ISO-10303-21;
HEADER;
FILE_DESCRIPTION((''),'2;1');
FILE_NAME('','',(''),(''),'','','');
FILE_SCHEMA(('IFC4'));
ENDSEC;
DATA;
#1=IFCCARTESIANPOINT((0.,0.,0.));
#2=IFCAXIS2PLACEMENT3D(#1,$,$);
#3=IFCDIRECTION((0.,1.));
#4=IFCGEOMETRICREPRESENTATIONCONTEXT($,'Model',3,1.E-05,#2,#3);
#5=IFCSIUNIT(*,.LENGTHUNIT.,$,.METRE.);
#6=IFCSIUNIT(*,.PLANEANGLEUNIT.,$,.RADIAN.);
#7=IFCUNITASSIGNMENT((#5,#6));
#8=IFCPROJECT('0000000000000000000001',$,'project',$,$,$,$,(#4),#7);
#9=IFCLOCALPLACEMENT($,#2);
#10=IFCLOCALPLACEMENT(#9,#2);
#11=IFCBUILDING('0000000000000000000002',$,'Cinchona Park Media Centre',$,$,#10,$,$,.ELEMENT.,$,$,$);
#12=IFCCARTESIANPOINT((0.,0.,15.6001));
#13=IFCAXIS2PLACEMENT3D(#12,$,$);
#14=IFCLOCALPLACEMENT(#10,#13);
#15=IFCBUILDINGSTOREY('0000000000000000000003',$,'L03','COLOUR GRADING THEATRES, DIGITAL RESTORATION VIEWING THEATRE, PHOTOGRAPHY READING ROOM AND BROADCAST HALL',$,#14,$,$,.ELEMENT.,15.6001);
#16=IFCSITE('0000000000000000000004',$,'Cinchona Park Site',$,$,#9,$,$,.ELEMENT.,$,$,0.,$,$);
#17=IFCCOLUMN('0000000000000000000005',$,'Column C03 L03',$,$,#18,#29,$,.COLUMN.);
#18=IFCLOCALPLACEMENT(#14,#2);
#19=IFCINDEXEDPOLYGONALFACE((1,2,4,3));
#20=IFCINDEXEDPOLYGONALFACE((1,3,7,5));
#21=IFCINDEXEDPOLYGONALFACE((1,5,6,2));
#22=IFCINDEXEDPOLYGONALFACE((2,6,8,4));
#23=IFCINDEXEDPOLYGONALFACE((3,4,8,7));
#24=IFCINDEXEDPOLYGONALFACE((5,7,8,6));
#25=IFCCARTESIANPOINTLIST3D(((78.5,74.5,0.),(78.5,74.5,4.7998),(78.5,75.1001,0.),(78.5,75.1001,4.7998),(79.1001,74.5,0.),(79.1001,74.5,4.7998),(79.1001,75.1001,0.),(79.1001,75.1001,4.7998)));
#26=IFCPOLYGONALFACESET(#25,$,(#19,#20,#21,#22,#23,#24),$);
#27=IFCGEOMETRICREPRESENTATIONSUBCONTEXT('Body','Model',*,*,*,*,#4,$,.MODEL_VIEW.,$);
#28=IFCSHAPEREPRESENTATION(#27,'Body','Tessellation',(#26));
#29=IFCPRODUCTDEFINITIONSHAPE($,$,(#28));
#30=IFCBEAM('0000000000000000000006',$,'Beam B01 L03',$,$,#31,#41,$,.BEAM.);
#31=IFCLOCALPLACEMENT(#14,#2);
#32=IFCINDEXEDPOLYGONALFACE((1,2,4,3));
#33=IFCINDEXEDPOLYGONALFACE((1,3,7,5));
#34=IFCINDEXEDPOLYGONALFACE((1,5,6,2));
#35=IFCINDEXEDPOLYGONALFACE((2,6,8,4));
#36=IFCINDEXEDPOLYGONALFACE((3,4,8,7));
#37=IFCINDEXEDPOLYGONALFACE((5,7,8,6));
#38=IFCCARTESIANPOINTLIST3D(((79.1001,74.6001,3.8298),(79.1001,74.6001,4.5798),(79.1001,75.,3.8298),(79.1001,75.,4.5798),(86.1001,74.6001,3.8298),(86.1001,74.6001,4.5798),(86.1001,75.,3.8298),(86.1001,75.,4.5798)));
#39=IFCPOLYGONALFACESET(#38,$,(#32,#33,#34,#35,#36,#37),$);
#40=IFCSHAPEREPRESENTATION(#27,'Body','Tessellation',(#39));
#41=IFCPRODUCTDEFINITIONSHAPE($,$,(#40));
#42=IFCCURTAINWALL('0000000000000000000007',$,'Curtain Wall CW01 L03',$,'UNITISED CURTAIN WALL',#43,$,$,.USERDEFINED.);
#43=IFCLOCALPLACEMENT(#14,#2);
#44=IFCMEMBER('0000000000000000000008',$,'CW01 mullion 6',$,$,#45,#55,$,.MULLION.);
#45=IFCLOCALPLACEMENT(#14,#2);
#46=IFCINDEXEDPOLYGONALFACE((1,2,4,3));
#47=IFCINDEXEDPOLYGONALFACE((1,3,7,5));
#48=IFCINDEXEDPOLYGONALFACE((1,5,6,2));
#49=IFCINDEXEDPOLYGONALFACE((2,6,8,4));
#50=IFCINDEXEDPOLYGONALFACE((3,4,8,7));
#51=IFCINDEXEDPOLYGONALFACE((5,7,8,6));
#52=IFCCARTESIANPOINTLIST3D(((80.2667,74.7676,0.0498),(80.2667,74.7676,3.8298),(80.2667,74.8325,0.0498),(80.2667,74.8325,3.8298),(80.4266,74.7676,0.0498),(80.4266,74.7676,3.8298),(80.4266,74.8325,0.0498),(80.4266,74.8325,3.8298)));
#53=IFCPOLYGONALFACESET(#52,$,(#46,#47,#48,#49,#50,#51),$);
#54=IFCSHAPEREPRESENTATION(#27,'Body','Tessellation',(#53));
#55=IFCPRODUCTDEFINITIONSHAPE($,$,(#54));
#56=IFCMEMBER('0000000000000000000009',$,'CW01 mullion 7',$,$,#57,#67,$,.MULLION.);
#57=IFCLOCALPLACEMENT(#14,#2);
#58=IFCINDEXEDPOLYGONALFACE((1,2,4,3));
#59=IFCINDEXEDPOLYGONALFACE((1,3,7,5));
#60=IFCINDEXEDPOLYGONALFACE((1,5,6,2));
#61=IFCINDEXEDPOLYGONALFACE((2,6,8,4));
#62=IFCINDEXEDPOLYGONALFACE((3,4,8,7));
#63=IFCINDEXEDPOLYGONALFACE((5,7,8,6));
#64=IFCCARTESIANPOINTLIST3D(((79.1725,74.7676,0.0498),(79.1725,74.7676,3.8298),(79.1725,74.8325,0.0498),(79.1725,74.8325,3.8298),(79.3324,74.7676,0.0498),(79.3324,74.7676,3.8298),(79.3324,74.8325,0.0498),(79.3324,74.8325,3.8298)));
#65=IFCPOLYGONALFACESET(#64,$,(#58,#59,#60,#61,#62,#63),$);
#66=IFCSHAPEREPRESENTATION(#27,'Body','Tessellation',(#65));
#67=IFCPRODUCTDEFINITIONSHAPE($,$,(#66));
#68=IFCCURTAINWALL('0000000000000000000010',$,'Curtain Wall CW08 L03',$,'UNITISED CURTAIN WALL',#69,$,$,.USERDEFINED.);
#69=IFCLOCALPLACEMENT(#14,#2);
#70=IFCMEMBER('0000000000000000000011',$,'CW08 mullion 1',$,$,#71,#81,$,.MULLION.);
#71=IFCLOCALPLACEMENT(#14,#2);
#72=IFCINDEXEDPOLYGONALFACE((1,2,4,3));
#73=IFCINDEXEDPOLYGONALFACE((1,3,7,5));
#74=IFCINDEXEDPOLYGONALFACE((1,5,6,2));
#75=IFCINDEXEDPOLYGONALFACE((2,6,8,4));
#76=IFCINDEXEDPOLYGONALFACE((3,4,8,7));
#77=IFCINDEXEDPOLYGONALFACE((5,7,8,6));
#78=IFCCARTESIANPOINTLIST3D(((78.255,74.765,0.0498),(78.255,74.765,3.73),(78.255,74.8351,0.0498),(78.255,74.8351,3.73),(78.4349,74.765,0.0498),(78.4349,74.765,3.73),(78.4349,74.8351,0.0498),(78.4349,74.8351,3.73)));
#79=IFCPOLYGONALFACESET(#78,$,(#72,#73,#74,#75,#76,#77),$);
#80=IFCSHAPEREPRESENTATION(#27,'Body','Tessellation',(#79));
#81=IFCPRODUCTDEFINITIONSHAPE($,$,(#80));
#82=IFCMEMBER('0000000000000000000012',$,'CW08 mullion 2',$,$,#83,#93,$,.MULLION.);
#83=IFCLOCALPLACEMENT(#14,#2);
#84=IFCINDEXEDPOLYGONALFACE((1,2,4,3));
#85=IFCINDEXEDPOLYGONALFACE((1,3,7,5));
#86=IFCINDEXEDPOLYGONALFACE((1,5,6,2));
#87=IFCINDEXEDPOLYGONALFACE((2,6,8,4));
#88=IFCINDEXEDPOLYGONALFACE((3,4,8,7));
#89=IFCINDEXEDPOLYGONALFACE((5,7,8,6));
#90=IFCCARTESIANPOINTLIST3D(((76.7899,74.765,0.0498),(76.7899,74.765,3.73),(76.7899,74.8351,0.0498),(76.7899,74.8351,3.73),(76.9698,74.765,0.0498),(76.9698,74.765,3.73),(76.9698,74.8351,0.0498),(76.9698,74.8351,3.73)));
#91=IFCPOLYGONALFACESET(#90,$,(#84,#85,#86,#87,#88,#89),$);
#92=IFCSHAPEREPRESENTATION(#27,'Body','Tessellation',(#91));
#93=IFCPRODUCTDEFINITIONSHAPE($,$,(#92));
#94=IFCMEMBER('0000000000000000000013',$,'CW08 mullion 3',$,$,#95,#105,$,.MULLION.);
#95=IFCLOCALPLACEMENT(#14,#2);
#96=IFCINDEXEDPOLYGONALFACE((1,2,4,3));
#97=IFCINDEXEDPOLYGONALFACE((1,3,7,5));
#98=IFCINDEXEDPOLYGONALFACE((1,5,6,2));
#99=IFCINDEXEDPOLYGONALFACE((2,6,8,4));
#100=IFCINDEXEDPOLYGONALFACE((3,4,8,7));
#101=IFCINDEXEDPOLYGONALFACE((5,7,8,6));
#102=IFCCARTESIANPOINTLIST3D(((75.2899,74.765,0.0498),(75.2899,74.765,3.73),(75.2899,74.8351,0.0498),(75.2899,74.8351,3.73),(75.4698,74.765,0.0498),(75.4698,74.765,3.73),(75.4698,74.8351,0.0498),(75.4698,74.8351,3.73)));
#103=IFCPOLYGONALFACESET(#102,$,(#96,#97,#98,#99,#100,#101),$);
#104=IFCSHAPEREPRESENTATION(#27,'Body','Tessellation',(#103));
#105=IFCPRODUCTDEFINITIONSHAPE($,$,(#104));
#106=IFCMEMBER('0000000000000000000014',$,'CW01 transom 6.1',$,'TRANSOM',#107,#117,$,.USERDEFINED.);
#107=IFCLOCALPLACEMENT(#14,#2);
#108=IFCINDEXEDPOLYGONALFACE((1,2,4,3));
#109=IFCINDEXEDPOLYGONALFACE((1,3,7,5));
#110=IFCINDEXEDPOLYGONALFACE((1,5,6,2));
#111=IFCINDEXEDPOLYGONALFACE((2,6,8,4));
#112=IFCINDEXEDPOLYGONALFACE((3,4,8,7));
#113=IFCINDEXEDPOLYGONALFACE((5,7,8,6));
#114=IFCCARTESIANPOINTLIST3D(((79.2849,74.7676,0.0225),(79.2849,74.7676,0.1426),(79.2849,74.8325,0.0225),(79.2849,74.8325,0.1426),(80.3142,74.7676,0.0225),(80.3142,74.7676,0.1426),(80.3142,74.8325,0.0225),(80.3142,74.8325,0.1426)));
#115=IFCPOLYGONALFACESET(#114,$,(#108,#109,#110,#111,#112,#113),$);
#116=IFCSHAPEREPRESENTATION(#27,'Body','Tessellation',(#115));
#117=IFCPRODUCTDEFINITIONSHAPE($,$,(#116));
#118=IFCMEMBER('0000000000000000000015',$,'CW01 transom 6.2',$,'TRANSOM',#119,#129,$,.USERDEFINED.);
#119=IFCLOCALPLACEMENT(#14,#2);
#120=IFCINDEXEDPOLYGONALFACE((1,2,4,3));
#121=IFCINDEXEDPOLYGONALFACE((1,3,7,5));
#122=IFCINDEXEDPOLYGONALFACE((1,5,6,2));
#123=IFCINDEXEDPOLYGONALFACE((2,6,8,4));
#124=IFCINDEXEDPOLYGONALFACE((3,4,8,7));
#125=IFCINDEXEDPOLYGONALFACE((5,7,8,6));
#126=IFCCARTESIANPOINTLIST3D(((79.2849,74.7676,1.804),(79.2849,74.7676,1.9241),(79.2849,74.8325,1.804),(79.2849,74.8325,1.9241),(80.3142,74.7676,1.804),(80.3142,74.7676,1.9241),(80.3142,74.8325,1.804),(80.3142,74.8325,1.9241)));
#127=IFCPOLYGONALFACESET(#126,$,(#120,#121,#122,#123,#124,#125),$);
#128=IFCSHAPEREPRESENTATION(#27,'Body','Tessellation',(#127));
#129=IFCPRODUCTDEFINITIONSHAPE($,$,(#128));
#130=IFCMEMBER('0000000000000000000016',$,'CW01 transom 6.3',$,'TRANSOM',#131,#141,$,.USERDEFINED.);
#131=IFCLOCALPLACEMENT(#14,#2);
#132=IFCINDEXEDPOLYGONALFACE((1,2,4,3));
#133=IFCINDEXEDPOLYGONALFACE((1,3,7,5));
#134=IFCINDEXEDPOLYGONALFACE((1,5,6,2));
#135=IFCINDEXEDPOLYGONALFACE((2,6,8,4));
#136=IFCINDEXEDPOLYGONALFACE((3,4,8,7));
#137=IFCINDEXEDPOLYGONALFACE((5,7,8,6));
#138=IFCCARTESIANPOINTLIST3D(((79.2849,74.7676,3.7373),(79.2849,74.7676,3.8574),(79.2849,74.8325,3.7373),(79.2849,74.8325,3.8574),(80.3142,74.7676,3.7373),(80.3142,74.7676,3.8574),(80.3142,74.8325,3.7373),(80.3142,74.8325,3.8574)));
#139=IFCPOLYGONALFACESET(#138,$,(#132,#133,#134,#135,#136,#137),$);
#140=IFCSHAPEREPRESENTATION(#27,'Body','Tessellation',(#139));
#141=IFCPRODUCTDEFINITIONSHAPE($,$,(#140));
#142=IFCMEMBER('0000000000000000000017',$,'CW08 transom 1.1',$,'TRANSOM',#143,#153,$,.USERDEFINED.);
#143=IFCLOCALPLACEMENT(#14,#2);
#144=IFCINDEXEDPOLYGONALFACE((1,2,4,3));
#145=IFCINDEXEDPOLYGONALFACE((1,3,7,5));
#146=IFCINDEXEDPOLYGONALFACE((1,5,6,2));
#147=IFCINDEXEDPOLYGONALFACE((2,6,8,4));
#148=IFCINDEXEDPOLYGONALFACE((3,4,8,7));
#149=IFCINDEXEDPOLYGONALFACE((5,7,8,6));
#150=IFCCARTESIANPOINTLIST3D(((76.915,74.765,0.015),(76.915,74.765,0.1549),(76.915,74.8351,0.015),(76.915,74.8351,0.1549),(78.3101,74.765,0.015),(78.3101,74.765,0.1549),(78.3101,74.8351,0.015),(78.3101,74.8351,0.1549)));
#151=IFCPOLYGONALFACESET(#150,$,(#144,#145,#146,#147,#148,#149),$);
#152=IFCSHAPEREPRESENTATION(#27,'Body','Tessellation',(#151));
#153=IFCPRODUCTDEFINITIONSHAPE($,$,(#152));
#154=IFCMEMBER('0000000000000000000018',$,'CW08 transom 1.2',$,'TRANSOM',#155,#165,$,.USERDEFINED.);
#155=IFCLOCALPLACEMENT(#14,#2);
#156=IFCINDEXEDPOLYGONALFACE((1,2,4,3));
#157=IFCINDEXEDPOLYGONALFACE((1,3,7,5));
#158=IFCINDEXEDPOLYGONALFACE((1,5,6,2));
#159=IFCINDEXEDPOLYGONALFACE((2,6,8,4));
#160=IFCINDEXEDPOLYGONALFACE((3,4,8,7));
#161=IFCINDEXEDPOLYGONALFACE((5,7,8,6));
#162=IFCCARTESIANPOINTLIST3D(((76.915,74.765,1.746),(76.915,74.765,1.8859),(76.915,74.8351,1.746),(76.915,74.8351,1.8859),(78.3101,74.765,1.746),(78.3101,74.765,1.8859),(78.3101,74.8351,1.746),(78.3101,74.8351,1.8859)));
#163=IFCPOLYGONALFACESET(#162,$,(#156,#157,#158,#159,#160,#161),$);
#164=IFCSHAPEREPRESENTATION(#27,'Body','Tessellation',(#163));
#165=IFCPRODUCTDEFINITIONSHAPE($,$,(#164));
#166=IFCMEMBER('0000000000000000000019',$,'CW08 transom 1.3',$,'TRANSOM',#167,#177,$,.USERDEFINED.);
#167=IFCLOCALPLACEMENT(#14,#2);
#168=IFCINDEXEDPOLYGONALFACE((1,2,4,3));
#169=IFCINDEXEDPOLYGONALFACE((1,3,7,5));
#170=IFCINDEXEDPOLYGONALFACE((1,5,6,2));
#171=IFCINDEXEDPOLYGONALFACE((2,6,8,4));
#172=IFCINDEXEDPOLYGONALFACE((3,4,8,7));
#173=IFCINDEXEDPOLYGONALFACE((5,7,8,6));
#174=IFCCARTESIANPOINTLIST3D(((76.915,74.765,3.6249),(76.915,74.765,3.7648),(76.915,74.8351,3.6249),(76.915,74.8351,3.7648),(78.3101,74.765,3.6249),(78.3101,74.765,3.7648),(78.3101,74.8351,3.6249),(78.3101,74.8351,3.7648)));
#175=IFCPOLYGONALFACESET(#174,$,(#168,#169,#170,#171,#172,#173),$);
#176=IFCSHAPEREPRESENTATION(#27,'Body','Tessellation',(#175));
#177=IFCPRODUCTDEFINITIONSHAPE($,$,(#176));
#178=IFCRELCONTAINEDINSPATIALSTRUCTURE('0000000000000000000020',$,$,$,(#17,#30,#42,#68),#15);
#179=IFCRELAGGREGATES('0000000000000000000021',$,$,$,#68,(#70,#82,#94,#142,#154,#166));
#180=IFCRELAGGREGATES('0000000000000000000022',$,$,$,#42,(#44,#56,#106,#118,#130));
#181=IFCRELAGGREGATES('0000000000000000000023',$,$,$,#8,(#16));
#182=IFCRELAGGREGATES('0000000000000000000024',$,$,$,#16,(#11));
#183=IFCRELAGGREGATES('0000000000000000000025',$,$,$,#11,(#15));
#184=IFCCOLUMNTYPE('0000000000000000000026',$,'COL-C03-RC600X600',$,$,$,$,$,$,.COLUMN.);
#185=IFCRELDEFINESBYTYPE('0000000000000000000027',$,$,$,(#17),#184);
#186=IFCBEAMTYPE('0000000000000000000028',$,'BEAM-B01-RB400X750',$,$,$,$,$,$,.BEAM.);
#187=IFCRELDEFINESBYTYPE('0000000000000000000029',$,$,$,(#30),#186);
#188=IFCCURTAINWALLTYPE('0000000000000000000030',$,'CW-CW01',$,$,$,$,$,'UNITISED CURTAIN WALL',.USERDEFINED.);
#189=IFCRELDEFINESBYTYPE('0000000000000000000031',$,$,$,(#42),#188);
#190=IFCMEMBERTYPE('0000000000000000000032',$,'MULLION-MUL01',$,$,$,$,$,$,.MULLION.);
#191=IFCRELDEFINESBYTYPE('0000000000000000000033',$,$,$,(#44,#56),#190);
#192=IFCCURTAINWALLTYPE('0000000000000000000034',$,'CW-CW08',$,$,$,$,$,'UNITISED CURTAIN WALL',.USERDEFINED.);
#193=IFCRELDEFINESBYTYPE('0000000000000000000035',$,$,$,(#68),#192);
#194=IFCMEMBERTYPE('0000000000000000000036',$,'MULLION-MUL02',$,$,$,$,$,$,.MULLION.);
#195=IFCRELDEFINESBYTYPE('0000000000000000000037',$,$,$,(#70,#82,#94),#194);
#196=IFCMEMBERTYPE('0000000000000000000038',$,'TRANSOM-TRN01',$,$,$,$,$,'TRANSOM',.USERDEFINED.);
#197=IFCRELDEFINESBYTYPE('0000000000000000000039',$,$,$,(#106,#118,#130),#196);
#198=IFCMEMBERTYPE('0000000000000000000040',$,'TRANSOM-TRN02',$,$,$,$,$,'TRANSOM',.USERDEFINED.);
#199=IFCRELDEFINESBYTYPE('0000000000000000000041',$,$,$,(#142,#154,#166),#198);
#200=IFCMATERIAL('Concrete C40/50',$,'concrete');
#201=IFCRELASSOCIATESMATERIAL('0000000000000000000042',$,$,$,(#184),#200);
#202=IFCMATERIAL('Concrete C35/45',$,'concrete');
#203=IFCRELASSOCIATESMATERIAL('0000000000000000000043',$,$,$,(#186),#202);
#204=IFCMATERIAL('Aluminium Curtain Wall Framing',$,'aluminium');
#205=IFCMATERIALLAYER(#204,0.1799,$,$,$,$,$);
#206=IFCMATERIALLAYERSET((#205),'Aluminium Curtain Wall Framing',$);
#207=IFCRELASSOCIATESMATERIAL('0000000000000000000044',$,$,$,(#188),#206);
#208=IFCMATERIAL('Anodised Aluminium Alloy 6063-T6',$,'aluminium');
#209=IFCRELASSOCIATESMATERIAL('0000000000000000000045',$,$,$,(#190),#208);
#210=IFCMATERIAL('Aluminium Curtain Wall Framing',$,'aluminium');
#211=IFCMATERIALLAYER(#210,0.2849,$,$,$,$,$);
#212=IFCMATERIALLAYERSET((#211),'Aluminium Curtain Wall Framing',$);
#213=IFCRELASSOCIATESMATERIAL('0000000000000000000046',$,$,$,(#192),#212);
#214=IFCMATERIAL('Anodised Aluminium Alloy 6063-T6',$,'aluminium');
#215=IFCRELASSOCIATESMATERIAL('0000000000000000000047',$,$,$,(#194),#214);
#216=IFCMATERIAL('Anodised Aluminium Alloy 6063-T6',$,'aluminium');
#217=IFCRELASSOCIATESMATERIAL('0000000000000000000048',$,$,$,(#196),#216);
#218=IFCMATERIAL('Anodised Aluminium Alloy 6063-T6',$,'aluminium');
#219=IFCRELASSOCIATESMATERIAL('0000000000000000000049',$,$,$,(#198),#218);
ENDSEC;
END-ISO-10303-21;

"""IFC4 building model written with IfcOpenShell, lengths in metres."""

from ifc_helpers import new_model, si_unit, direction, frame, origin, origin_2d, place, context, subcontext, project, spatial, rectangle, extrude, material, layer, layer_set, material_profile, profile_set, type_object, element, aggregate, save


model = new_model("IFC4")

# Units and contexts
model_context = context("Model", 3, precision=1e-05, world=origin(), true_north=direction((0.0, 1.0)))
body_context = subcontext(model_context, "Body", "Model", "MODEL_VIEW")
ifc_project = project(units=[si_unit("LENGTHUNIT", "METRE"), si_unit("PLANEANGLEUNIT", "RADIAN")], contexts=[model_context])

# Site, building, storey
site_placement = place(None, origin())
site = spatial("IfcSite", under=ifc_project, at=site_placement, Name="Cinchona Park Site", CompositionType="ELEMENT", RefElevation=0.0)
building_placement = place(site_placement, origin())
building = spatial("IfcBuilding", under=site, at=building_placement, Name="Cinchona Park Media Centre", CompositionType="ELEMENT")
storey_placement = place(building_placement, frame((0.0, 0.0, 15.6001)))
storey = spatial("IfcBuildingStorey", under=building, at=storey_placement, Name="L03", Description="COLOUR GRADING THEATRES, DIGITAL RESTORATION VIEWING THEATRE, PHOTOGRAPHY READING ROOM AND BROADCAST HALL", CompositionType="ELEMENT", Elevation=15.6001)

# Column
ifc_material_1 = material(Name="Concrete C40/50", Category="concrete")
ifc_material_profile_1 = material_profile(ifc_material_1, rectangle(XDim=0.6001, YDim=0.6001, at=origin_2d()), Name="RC 600X600")
ifc_profile_set_1 = profile_set([ifc_material_profile_1], Name="Concrete C40/50")
column_type = type_object("IfcColumnType", Name="COL-C03-RC600X600", PredefinedType="COLUMN", material=ifc_profile_set_1)
column_placement = place(storey_placement, frame((78.8, 74.8, 0.0), z_axis=(0.0, 0.0, 1.0), x_axis=(1.0, 0.0, 0.0)))
element("IfcColumn", 1, at=column_placement, inside=storey, type_object=column_type, Name="Column C03 L03", PredefinedType="COLUMN", context=body_context, shape_type="SweptSolid", body=[
    extrude(rectangle(XDim=0.6001, YDim=0.6001, at=origin_2d()), origin(), (0.0, 0.0, 1.0), 4.7998),
])

# Beam
ifc_material_2 = material(Name="Concrete C35/45", Category="concrete")
ifc_material_profile_2 = material_profile(ifc_material_2, rectangle(XDim=0.3999, YDim=0.75, at=origin_2d()), Name="RB 400X750")
ifc_profile_set_2 = profile_set([ifc_material_profile_2], Name="Concrete C35/45")
beam_type = type_object("IfcBeamType", Name="BEAM-B01-RB400X750", PredefinedType="BEAM", material=ifc_profile_set_2)
beam_placement = place(storey_placement, frame((79.1001, 74.8, 4.2048), z_axis=(1.0, 0.0, 0.0), x_axis=(0.0, 1.0, 0.0)))
element("IfcBeam", 2, at=beam_placement, inside=storey, type_object=beam_type, Name="Beam B01 L03", PredefinedType="BEAM", context=body_context, shape_type="SweptSolid", body=[
    extrude(rectangle(XDim=0.3999, YDim=0.75, at=origin_2d()), origin(), (0.0, 0.0, 1.0), 7.0),
])

# Curtain walls, members
ifc_material_3 = material(Name="Aluminium Curtain Wall Framing", Category="aluminium")
ifc_layer_1 = layer(ifc_material_3, 0.1799)
ifc_layer_set_1 = layer_set([ifc_layer_1], Name="Aluminium Curtain Wall Framing")
curtain_wall_type_1 = type_object("IfcCurtainWallType", Name="CW-CW01", ElementType="UNITISED CURTAIN WALL", PredefinedType="USERDEFINED", material=ifc_layer_set_1)
curtain_wall_1_placement = place(storey_placement, origin())
curtain_wall_1 = element("IfcCurtainWall", 3, at=curtain_wall_1_placement, inside=storey, type_object=curtain_wall_type_1, Name="Curtain Wall CW01 L03", ObjectType="UNITISED CURTAIN WALL", PredefinedType="USERDEFINED")
ifc_material_4 = material(Name="Anodised Aluminium Alloy 6063-T6", Category="aluminium")
ifc_material_profile_3 = material_profile(ifc_material_4, rectangle(XDim=0.0649, YDim=0.1599, at=origin_2d()), Name="MUL-65X160")
ifc_profile_set_3 = profile_set([ifc_material_profile_3], Name="Anodised Aluminium Alloy 6063-T6")
member_type_1 = type_object("IfcMemberType", Name="MULLION-MUL01", PredefinedType="MULLION", material=ifc_profile_set_3)
member_1_placement = place(storey_placement, frame((80.3467, 74.8, 0.0498), z_axis=(0.0, 0.0, 1.0), x_axis=(0.0, -1.0, 0.0)))
member_1 = element("IfcMember", 4, at=member_1_placement, type_object=member_type_1, Name="CW01 mullion 6", PredefinedType="MULLION", context=body_context, shape_type="SweptSolid", body=[
    extrude(rectangle(XDim=0.0649, YDim=0.1599, at=origin_2d()), origin(), (0.0, 0.0, 1.0), 3.78),
])
member_2_placement = place(storey_placement, frame((79.2524, 74.8, 0.0498), z_axis=(0.0, 0.0, 1.0), x_axis=(0.0, -1.0, 0.0)))
member_2 = element("IfcMember", 5, at=member_2_placement, type_object=member_type_1, Name="CW01 mullion 7", PredefinedType="MULLION", context=body_context, shape_type="SweptSolid", body=[
    extrude(rectangle(XDim=0.0649, YDim=0.1599, at=origin_2d()), origin(), (0.0, 0.0, 1.0), 3.78),
])
ifc_material_5 = material(Name="Aluminium Curtain Wall Framing", Category="aluminium")
ifc_layer_2 = layer(ifc_material_5, 0.2849)
ifc_layer_set_2 = layer_set([ifc_layer_2], Name="Aluminium Curtain Wall Framing")
curtain_wall_type_2 = type_object("IfcCurtainWallType", Name="CW-CW08", ElementType="UNITISED CURTAIN WALL", PredefinedType="USERDEFINED", material=ifc_layer_set_2)
curtain_wall_2_placement = place(storey_placement, origin())
curtain_wall_2 = element("IfcCurtainWall", 6, at=curtain_wall_2_placement, inside=storey, type_object=curtain_wall_type_2, Name="Curtain Wall CW08 L03", ObjectType="UNITISED CURTAIN WALL", PredefinedType="USERDEFINED")
ifc_material_6 = material(Name="Anodised Aluminium Alloy 6063-T6", Category="aluminium")
ifc_material_profile_4 = material_profile(ifc_material_6, rectangle(XDim=0.0701, YDim=0.1799, at=origin_2d()), Name="MUL-70X180")
ifc_profile_set_4 = profile_set([ifc_material_profile_4], Name="Anodised Aluminium Alloy 6063-T6")
member_type_2 = type_object("IfcMemberType", Name="MULLION-MUL02", PredefinedType="MULLION", material=ifc_profile_set_4)
member_3_placement = place(storey_placement, frame((78.345, 74.8, 0.0498), z_axis=(0.0, 0.0, 1.0), x_axis=(0.0, -1.0, 0.0)))
member_3 = element("IfcMember", 7, at=member_3_placement, type_object=member_type_2, Name="CW08 mullion 1", PredefinedType="MULLION", context=body_context, shape_type="SweptSolid", body=[
    extrude(rectangle(XDim=0.0701, YDim=0.1799, at=origin_2d()), origin(), (0.0, 0.0, 1.0), 3.6802),
])
member_4_placement = place(storey_placement, frame((76.8799, 74.8, 0.0498), z_axis=(0.0, 0.0, 1.0), x_axis=(0.0, -1.0, 0.0)))
member_4 = element("IfcMember", 8, at=member_4_placement, type_object=member_type_2, Name="CW08 mullion 2", PredefinedType="MULLION", context=body_context, shape_type="SweptSolid", body=[
    extrude(rectangle(XDim=0.0701, YDim=0.1799, at=origin_2d()), origin(), (0.0, 0.0, 1.0), 3.6802),
])
member_5_placement = place(storey_placement, frame((75.3799, 74.8, 0.0498), z_axis=(0.0, 0.0, 1.0), x_axis=(0.0, -1.0, 0.0)))
member_5 = element("IfcMember", 9, at=member_5_placement, type_object=member_type_2, Name="CW08 mullion 3", PredefinedType="MULLION", context=body_context, shape_type="SweptSolid", body=[
    extrude(rectangle(XDim=0.0701, YDim=0.1799, at=origin_2d()), origin(), (0.0, 0.0, 1.0), 3.6802),
])

# Members
ifc_material_7 = material(Name="Anodised Aluminium Alloy 6063-T6", Category="aluminium")
ifc_material_profile_5 = material_profile(ifc_material_7, rectangle(XDim=0.0649, YDim=0.1201, at=origin_2d()), Name="TRN-65X120")
ifc_profile_set_5 = profile_set([ifc_material_profile_5], Name="Anodised Aluminium Alloy 6063-T6")
member_type_3 = type_object("IfcMemberType", Name="TRANSOM-TRN01", ElementType="TRANSOM", PredefinedType="USERDEFINED", material=ifc_profile_set_5)
member_6_placement = place(storey_placement, frame((80.3142, 74.8, 0.0825), z_axis=(-1.0, 0.0, 0.0), x_axis=(0.0, -1.0, 0.0)))
member_6 = element("IfcMember", 10, at=member_6_placement, type_object=member_type_3, Name="CW01 transom 6.1", ObjectType="TRANSOM", PredefinedType="USERDEFINED", context=body_context, shape_type="SweptSolid", body=[
    extrude(rectangle(XDim=0.0649, YDim=0.1201, at=origin_2d()), origin(), (0.0, 0.0, 1.0), 1.0293),
])
member_7_placement = place(storey_placement, frame((80.3142, 74.8, 1.864), z_axis=(-1.0, 0.0, 0.0), x_axis=(0.0, -1.0, 0.0)))
member_7 = element("IfcMember", 11, at=member_7_placement, type_object=member_type_3, Name="CW01 transom 6.2", ObjectType="TRANSOM", PredefinedType="USERDEFINED", context=body_context, shape_type="SweptSolid", body=[
    extrude(rectangle(XDim=0.0649, YDim=0.1201, at=origin_2d()), origin(), (0.0, 0.0, 1.0), 1.0293),
])
member_8_placement = place(storey_placement, frame((80.3142, 74.8, 3.7974), z_axis=(-1.0, 0.0, 0.0), x_axis=(0.0, -1.0, 0.0)))
member_8 = element("IfcMember", 12, at=member_8_placement, type_object=member_type_3, Name="CW01 transom 6.3", ObjectType="TRANSOM", PredefinedType="USERDEFINED", context=body_context, shape_type="SweptSolid", body=[
    extrude(rectangle(XDim=0.0649, YDim=0.1201, at=origin_2d()), origin(), (0.0, 0.0, 1.0), 1.0293),
])
ifc_material_8 = material(Name="Anodised Aluminium Alloy 6063-T6", Category="aluminium")
ifc_material_profile_6 = material_profile(ifc_material_8, rectangle(XDim=0.0701, YDim=0.1399, at=origin_2d()), Name="TRN-70X140")
ifc_profile_set_6 = profile_set([ifc_material_profile_6], Name="Anodised Aluminium Alloy 6063-T6")
member_type_4 = type_object("IfcMemberType", Name="TRANSOM-TRN02", ElementType="TRANSOM", PredefinedType="USERDEFINED", material=ifc_profile_set_6)
member_9_placement = place(storey_placement, frame((78.3101, 74.8, 0.085), z_axis=(-1.0, 0.0, 0.0), x_axis=(0.0, -1.0, 0.0)))
member_9 = element("IfcMember", 13, at=member_9_placement, type_object=member_type_4, Name="CW08 transom 1.1", ObjectType="TRANSOM", PredefinedType="USERDEFINED", context=body_context, shape_type="SweptSolid", body=[
    extrude(rectangle(XDim=0.0701, YDim=0.1399, at=origin_2d()), origin(), (0.0, 0.0, 1.0), 1.395),
])
member_10_placement = place(storey_placement, frame((78.3101, 74.8, 1.8159), z_axis=(-1.0, 0.0, 0.0), x_axis=(0.0, -1.0, 0.0)))
member_10 = element("IfcMember", 14, at=member_10_placement, type_object=member_type_4, Name="CW08 transom 1.2", ObjectType="TRANSOM", PredefinedType="USERDEFINED", context=body_context, shape_type="SweptSolid", body=[
    extrude(rectangle(XDim=0.0701, YDim=0.1399, at=origin_2d()), origin(), (0.0, 0.0, 1.0), 1.395),
])
member_11_placement = place(storey_placement, frame((78.3101, 74.8, 3.6948), z_axis=(-1.0, 0.0, 0.0), x_axis=(0.0, -1.0, 0.0)))
member_11 = element("IfcMember", 15, at=member_11_placement, type_object=member_type_4, Name="CW08 transom 1.3", ObjectType="TRANSOM", PredefinedType="USERDEFINED", context=body_context, shape_type="SweptSolid", body=[
    extrude(rectangle(XDim=0.0701, YDim=0.1399, at=origin_2d()), origin(), (0.0, 0.0, 1.0), 1.395),
])

aggregate(curtain_wall_2, [member_3, member_4, member_5, member_9, member_10, member_11])
aggregate(curtain_wall_1, [member_1, member_2, member_6, member_7, member_8])

save(model, "model.ifc")
